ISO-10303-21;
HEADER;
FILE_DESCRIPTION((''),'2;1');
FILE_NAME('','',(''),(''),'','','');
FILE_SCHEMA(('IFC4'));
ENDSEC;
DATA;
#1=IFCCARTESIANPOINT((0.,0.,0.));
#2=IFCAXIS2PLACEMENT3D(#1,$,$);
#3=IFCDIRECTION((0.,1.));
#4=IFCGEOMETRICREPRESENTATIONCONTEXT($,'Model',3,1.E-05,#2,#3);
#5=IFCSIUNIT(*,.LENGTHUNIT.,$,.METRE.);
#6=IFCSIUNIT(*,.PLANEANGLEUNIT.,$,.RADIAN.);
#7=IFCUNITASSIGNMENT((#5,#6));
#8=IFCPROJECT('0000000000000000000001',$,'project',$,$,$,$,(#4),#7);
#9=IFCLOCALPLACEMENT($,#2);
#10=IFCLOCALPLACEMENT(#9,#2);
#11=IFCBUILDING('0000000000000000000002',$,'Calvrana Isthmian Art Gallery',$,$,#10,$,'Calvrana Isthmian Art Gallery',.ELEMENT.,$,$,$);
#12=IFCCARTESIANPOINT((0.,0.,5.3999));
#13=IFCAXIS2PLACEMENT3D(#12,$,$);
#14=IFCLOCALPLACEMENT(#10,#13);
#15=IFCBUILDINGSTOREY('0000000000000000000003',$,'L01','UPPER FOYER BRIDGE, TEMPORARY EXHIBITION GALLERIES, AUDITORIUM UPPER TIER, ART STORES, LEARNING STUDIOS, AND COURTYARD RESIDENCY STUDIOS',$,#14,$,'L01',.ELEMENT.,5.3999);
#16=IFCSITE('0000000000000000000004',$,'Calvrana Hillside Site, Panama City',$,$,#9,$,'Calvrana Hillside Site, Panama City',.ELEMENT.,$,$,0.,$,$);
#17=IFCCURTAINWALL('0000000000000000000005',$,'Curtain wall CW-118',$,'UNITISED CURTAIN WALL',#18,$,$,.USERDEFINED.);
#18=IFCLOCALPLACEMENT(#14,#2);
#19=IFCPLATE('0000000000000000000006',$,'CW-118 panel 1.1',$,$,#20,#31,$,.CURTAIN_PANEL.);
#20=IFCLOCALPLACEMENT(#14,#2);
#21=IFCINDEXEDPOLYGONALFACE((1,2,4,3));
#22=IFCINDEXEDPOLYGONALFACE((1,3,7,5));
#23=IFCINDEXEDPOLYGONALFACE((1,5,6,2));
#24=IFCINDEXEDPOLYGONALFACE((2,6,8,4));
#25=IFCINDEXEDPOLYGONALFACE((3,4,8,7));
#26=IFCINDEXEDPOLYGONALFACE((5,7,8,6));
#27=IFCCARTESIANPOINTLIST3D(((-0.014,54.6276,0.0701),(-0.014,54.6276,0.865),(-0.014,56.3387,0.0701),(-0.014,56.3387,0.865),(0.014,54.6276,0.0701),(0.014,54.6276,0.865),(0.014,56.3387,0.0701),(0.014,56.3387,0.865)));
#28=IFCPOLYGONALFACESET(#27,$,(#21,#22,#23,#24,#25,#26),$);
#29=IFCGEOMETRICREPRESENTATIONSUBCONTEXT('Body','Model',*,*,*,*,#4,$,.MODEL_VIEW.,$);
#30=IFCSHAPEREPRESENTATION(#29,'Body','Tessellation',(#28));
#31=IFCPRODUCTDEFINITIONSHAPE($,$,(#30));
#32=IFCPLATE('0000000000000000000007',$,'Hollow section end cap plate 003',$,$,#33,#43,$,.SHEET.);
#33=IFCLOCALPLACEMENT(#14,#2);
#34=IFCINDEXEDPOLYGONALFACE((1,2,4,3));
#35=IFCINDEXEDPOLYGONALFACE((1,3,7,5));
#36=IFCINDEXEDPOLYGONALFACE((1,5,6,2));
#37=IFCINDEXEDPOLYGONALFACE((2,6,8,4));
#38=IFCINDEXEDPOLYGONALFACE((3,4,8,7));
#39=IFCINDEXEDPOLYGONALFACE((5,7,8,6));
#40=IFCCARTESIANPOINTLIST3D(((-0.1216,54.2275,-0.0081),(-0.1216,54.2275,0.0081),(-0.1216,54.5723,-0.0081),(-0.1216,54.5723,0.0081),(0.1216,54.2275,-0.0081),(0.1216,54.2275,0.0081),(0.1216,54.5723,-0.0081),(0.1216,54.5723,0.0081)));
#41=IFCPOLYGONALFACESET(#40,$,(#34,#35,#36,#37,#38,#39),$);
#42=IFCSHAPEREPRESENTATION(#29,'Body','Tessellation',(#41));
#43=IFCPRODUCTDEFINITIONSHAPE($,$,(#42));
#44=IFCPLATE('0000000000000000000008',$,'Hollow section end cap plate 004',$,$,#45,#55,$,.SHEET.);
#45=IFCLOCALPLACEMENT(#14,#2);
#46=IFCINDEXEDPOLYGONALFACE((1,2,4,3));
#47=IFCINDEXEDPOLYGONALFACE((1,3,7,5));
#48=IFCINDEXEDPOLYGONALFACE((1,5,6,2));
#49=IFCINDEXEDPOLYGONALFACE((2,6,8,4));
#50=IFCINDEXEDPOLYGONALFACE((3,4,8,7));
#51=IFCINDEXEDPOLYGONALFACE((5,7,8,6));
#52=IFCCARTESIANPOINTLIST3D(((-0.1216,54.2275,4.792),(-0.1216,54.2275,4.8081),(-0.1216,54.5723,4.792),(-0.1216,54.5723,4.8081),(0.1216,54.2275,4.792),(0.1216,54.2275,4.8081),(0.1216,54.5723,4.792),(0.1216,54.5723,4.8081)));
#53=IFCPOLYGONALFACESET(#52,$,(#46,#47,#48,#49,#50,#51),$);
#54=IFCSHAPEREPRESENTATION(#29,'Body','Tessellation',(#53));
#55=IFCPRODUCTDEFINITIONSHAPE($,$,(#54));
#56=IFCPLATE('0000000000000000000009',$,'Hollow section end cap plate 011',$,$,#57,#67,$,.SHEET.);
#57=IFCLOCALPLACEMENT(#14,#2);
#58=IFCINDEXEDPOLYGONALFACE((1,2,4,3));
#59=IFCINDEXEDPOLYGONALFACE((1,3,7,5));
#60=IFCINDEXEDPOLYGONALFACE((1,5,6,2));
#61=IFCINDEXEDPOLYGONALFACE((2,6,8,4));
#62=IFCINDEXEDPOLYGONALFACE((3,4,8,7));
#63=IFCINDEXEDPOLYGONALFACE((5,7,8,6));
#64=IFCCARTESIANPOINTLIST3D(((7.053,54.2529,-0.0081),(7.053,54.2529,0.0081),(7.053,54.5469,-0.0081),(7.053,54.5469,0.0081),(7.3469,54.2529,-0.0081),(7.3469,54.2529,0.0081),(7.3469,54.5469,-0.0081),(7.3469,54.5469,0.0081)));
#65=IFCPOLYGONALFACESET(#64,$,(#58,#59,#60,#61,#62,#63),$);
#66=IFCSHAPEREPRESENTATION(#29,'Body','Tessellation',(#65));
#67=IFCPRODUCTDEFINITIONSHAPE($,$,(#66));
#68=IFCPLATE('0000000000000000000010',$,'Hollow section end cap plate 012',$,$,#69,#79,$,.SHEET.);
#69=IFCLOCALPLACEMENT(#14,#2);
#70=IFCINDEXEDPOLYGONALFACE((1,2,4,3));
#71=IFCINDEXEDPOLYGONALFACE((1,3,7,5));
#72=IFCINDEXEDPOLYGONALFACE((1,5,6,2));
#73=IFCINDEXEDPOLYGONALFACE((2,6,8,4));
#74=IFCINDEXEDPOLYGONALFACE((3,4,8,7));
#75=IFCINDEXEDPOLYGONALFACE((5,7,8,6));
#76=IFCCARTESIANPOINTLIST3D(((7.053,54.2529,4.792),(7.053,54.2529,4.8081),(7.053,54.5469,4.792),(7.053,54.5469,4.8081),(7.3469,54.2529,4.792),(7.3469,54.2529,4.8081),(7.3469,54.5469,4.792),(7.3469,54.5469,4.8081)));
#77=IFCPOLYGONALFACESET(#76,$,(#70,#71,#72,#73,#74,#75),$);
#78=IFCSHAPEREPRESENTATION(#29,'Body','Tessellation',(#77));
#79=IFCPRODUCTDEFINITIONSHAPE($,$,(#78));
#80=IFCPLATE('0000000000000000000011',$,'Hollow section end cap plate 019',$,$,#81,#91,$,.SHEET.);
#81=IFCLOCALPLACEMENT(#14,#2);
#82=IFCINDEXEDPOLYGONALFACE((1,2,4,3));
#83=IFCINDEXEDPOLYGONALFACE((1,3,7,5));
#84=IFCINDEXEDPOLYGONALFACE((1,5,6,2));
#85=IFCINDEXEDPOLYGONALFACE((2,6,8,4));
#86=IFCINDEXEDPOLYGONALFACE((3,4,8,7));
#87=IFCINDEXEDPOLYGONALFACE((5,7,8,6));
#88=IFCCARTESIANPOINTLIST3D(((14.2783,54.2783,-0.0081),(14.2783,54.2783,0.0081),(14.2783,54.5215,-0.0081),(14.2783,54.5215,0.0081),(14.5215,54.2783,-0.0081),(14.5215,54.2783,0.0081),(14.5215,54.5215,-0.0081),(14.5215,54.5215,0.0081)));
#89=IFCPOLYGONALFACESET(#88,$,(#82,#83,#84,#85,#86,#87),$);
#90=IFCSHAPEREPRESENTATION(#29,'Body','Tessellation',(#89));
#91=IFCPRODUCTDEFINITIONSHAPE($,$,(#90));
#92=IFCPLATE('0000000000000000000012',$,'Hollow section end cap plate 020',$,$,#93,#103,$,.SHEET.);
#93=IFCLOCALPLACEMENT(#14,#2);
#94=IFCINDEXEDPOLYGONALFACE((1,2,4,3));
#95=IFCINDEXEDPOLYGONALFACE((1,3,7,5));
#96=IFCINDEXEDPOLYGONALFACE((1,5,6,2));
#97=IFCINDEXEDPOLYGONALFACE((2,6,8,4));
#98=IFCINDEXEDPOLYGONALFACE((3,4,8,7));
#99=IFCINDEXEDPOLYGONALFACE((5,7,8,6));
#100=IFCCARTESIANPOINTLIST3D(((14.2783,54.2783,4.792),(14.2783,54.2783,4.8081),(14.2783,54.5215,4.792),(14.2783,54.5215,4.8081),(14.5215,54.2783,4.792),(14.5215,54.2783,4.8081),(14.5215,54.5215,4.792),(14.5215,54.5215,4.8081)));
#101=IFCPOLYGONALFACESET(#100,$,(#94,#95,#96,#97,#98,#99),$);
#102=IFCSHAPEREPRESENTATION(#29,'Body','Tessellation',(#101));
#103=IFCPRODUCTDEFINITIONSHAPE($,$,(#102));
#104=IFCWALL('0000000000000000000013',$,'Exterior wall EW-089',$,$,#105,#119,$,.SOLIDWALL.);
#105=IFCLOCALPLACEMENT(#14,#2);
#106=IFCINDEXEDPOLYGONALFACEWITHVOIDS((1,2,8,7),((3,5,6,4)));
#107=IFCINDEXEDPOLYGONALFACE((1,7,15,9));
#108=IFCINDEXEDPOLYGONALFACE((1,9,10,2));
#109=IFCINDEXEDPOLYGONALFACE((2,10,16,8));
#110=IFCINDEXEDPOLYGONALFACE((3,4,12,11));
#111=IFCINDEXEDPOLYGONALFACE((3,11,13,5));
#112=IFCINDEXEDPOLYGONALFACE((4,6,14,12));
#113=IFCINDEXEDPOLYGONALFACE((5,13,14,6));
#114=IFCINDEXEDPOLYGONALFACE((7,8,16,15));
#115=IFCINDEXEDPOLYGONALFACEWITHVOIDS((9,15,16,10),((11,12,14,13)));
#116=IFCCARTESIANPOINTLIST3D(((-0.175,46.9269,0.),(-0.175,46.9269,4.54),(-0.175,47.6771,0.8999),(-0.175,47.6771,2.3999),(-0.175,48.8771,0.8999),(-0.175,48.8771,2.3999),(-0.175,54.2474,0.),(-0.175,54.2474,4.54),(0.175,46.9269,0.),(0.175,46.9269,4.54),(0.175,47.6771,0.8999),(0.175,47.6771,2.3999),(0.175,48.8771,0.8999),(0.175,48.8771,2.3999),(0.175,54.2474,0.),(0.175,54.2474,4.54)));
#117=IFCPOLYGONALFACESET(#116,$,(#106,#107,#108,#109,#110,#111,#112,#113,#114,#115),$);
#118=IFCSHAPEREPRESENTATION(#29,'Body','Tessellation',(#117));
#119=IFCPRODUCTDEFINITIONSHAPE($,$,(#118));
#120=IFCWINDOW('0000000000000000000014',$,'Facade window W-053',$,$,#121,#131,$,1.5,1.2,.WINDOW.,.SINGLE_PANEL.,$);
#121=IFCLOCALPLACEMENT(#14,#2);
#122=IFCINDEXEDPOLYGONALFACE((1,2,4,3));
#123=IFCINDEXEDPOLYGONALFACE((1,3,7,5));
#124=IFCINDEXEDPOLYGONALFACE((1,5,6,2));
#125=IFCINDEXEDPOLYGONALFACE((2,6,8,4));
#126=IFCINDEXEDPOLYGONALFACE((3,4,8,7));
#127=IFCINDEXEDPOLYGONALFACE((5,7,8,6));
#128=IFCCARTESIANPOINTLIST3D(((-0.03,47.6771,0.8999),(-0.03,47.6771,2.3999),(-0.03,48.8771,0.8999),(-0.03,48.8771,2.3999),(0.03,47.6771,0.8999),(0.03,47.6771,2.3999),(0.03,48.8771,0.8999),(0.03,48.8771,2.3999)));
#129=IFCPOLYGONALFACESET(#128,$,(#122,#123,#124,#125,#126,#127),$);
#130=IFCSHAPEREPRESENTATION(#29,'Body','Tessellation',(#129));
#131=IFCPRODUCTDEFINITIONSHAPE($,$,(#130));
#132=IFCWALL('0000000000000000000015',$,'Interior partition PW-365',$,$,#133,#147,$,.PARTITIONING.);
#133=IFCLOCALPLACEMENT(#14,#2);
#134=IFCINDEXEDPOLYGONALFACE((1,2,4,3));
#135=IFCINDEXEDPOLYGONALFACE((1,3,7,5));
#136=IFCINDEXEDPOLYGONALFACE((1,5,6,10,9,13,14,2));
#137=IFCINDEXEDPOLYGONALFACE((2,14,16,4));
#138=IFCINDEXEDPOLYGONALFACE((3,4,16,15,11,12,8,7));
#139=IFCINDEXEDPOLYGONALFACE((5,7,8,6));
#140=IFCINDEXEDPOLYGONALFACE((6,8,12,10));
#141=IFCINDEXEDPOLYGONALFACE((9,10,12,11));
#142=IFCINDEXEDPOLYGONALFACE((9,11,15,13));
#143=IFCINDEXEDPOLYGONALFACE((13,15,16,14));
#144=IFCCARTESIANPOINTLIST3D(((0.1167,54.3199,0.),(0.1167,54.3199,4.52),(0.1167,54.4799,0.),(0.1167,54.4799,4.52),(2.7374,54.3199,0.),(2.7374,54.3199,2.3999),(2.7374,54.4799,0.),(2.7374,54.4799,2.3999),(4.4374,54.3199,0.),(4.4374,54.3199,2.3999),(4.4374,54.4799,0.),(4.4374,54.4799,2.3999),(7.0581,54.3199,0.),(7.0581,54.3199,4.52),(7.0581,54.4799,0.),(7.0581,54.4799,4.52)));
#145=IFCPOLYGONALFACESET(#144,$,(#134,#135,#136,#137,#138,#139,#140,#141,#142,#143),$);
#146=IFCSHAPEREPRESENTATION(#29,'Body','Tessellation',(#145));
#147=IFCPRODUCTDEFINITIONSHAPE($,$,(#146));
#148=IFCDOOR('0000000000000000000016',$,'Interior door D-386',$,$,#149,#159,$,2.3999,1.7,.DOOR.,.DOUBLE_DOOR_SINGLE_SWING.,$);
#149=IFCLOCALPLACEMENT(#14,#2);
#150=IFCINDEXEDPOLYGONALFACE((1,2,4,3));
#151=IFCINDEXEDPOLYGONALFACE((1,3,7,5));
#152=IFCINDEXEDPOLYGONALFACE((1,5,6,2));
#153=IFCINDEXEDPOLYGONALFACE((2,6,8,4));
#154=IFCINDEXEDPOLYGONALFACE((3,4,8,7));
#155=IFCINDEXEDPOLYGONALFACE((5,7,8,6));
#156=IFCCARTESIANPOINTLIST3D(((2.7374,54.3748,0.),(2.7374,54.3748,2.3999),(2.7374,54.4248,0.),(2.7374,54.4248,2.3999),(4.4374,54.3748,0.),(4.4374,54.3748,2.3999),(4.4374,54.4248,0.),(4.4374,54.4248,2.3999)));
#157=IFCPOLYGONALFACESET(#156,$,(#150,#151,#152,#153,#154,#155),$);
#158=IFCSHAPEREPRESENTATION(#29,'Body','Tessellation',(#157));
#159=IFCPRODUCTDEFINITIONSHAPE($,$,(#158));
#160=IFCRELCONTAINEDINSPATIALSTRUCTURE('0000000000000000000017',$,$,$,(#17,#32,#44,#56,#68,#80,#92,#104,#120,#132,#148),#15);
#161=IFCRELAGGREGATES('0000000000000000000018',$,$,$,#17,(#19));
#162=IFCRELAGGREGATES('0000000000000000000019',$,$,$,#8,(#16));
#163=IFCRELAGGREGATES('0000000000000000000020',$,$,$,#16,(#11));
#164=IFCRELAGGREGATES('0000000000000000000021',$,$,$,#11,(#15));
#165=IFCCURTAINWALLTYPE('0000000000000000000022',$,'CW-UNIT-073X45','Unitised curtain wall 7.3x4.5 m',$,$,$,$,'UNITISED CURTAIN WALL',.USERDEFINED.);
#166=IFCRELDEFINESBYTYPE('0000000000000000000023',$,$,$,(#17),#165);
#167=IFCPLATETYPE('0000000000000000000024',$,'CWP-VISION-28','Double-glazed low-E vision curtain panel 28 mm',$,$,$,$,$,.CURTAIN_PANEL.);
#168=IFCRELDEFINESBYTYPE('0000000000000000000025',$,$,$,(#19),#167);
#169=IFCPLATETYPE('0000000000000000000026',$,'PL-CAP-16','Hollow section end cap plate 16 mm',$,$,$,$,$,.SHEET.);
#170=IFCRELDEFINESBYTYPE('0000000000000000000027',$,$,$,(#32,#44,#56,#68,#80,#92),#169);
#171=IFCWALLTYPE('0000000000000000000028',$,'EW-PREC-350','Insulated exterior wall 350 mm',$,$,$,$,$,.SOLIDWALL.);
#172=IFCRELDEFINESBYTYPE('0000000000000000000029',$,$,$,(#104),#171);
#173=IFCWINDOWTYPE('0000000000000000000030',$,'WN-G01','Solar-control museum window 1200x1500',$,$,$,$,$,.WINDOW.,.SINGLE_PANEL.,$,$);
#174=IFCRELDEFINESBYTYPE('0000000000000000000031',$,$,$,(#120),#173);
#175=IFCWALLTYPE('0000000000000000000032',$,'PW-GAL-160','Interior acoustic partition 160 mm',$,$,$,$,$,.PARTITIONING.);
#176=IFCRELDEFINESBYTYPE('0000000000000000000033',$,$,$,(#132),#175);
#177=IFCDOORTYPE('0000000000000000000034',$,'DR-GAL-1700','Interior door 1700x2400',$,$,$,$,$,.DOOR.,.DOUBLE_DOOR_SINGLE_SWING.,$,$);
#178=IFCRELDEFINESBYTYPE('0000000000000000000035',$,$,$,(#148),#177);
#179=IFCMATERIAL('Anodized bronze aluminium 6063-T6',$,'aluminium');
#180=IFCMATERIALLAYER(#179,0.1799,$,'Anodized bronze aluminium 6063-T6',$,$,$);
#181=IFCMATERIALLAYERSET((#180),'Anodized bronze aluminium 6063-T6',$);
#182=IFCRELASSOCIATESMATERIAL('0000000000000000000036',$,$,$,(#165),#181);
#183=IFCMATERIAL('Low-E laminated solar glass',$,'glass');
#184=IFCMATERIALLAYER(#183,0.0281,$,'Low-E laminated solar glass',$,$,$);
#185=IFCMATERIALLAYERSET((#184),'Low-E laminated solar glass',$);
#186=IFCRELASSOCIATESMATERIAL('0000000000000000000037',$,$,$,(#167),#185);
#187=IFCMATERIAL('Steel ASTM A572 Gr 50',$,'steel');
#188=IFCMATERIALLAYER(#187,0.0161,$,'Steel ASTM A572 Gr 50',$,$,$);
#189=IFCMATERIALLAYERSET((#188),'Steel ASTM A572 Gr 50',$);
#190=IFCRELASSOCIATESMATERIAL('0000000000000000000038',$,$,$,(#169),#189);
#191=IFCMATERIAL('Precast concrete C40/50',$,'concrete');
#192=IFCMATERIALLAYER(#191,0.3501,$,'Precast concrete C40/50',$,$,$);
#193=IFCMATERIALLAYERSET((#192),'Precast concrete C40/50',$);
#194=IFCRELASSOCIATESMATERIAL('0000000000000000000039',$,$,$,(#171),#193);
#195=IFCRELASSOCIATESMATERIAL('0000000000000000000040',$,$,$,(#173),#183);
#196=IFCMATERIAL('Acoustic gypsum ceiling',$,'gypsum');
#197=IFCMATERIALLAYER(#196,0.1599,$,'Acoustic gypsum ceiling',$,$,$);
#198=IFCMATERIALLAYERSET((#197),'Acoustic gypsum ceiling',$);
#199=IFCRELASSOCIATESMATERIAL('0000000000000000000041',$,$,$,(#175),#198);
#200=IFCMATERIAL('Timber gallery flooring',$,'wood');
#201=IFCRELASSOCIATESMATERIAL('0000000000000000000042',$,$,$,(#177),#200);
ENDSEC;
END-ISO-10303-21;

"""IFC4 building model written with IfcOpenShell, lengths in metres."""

from ifc_helpers import new_model, si_unit, direction, frame, frame_2d, origin, origin_2d, place, context, subcontext, project, spatial, rectangle, extrude, material, layer, layer_set, type_object, element, fill, aggregate, save


model = new_model("IFC4")

# Units and contexts
model_context = context("Model", 3, precision=1e-05, world=origin(), true_north=direction((0.0, 1.0)))
body_context = subcontext(model_context, "Body", "Model", "MODEL_VIEW")
ifc_project = project(units=[si_unit("LENGTHUNIT", "METRE"), si_unit("PLANEANGLEUNIT", "RADIAN")], contexts=[model_context])

# Site, building, storey
site_placement = place(None, origin())
site = spatial("IfcSite", under=ifc_project, at=site_placement, Name="Calvrana Hillside Site, Panama City", LongName="Calvrana Hillside Site, Panama City", CompositionType="ELEMENT", RefElevation=0.0)
building_placement = place(site_placement, origin())
building = spatial("IfcBuilding", under=site, at=building_placement, Name="Calvrana Isthmian Art Gallery", LongName="Calvrana Isthmian Art Gallery", CompositionType="ELEMENT")
storey_placement = place(building_placement, frame((0.0, 0.0, 5.3999)))
storey = spatial("IfcBuildingStorey", under=building, at=storey_placement, Name="L01", Description="UPPER FOYER BRIDGE, TEMPORARY EXHIBITION GALLERIES, AUDITORIUM UPPER TIER, ART STORES, LEARNING STUDIOS, AND COURTYARD RESIDENCY STUDIOS", LongName="L01", CompositionType="ELEMENT", Elevation=5.3999)

# Curtain wall, plate
ifc_material_1 = material(Name="Anodized bronze aluminium 6063-T6", Category="aluminium")
ifc_layer_1 = layer(ifc_material_1, 0.1799, Name="Anodized bronze aluminium 6063-T6")
ifc_layer_set_1 = layer_set([ifc_layer_1], Name="Anodized bronze aluminium 6063-T6")
curtain_wall_type = type_object("IfcCurtainWallType", Name="CW-UNIT-073X45", Description="Unitised curtain wall 7.3x4.5 m", ElementType="UNITISED CURTAIN WALL", PredefinedType="USERDEFINED", material=ifc_layer_set_1)
curtain_wall_placement = place(storey_placement, origin())
curtain_wall = element("IfcCurtainWall", 1, at=curtain_wall_placement, inside=storey, type_object=curtain_wall_type, Name="Curtain wall CW-118", ObjectType="UNITISED CURTAIN WALL", PredefinedType="USERDEFINED")
ifc_material_2 = material(Name="Low-E laminated solar glass", Category="glass")
ifc_layer_2 = layer(ifc_material_2, 0.0281, Name="Low-E laminated solar glass")
ifc_layer_set_2 = layer_set([ifc_layer_2], Name="Low-E laminated solar glass")
plate_type_1 = type_object("IfcPlateType", Name="CWP-VISION-28", Description="Double-glazed low-E vision curtain panel 28 mm", PredefinedType="CURTAIN_PANEL", material=ifc_layer_set_2)
plate_placement = place(storey_placement, frame((0.0, 55.4832, 0.0701), z_axis=(0.0, 0.0, 1.0), x_axis=(0.0, 1.0, 0.0)))
plate = element("IfcPlate", 2, at=plate_placement, type_object=plate_type_1, Name="CW-118 panel 1.1", PredefinedType="CURTAIN_PANEL", context=body_context, shape_type="SweptSolid", body=[
    extrude(rectangle(XDim=1.7112, YDim=0.0281, at=origin_2d()), origin(), (0.0, 0.0, 1.0), 0.7949),
])
aggregate(curtain_wall, [plate])

# Plates
ifc_material_3 = material(Name="Steel ASTM A572 Gr 50", Category="steel")
ifc_layer_3 = layer(ifc_material_3, 0.0161, Name="Steel ASTM A572 Gr 50")
ifc_layer_set_3 = layer_set([ifc_layer_3], Name="Steel ASTM A572 Gr 50")
plate_type_2 = type_object("IfcPlateType", Name="PL-CAP-16", Description="Hollow section end cap plate 16 mm", PredefinedType="SHEET", material=ifc_layer_set_3)
for number, where, z_axis, x_axis, name in (
    (3, (0.0, 54.3999, -0.0081), (0.0, 0.0, 1.0), (1.0, 0.0, 0.0), "Hollow section end cap plate 003"),
    (4, (0.0, 54.3999, 4.792), (0.0, 0.0, 1.0), (1.0, 0.0, 0.0), "Hollow section end cap plate 004"),
):
    element("IfcPlate", number, at=place(storey_placement, frame(where, z_axis=z_axis, x_axis=x_axis)), inside=storey, type_object=plate_type_2, Name=name, PredefinedType="SHEET", context=body_context, shape_type="SweptSolid", body=[
        extrude(rectangle(XDim=0.2432, YDim=0.3447, at=origin_2d()), origin(), (0.0, 0.0, 1.0), 0.0161),
    ])
for number, where, z_axis, x_axis, name in (
    (5, (7.2, 54.3999, -0.0081), (0.0, 0.0, 1.0), (1.0, 0.0, 0.0), "Hollow section end cap plate 011"),
    (6, (7.2, 54.3999, 4.792), (0.0, 0.0, 1.0), (1.0, 0.0, 0.0), "Hollow section end cap plate 012"),
):
    element("IfcPlate", number, at=place(storey_placement, frame(where, z_axis=z_axis, x_axis=x_axis)), inside=storey, type_object=plate_type_2, Name=name, PredefinedType="SHEET", context=body_context, shape_type="SweptSolid", body=[
        extrude(rectangle(XDim=0.2939, YDim=0.2939, at=origin_2d()), origin(), (0.0, 0.0, 1.0), 0.0161),
    ])
for number, where, z_axis, x_axis, name in (
    (7, (14.3999, 54.3999, -0.0081), (0.0, 0.0, 1.0), (1.0, 0.0, 0.0), "Hollow section end cap plate 019"),
    (8, (14.3999, 54.3999, 4.792), (0.0, 0.0, 1.0), (1.0, 0.0, 0.0), "Hollow section end cap plate 020"),
):
    element("IfcPlate", number, at=place(storey_placement, frame(where, z_axis=z_axis, x_axis=x_axis)), inside=storey, type_object=plate_type_2, Name=name, PredefinedType="SHEET", context=body_context, shape_type="SweptSolid", body=[
        extrude(rectangle(XDim=0.2432, YDim=0.2432, at=origin_2d()), origin(), (0.0, 0.0, 1.0), 0.0161),
    ])

# Wall, opening, window
ifc_material_4 = material(Name="Precast concrete C40/50", Category="concrete")
ifc_layer_4 = layer(ifc_material_4, 0.3501, Name="Precast concrete C40/50")
ifc_layer_set_4 = layer_set([ifc_layer_4], Name="Precast concrete C40/50")
wall_type_1 = type_object("IfcWallType", Name="EW-PREC-350", Description="Insulated exterior wall 350 mm", PredefinedType="SOLIDWALL", material=ifc_layer_set_4)
wall_1_placement = place(storey_placement, frame((0.0, 46.927, 0.0), z_axis=(0.0, 0.0, 1.0), x_axis=(0.0, 1.0, 0.0)))
wall_1 = element("IfcWall", 9, at=wall_1_placement, inside=storey, type_object=wall_type_1, Name="Exterior wall EW-089", PredefinedType="SOLIDWALL", context=body_context, shape_type="SweptSolid", body=[
    extrude(rectangle(XDim=7.3206, YDim=0.3501, at=frame_2d((3.6602, 0.0))), origin(), (0.0, 0.0, 1.0), 4.54),
])
opening_1_placement = place(wall_1_placement, frame((0.75, 0.0, 0.8999)))
opening_1 = element("IfcOpeningElement", 10, at=opening_1_placement, cuts=wall_1, PredefinedType="OPENING", context=body_context, shape_type="SweptSolid", body=[
    extrude(rectangle(XDim=1.2, YDim=1.5, at=frame_2d((0.6001, 0.75))), frame((0.0, 0.1853, 0.0), z_axis=(0.0, -1.0, 0.0), x_axis=(1.0, 0.0, 0.0)), (0.0, 0.0, 1.0), 0.3706),
])
window_type = type_object("IfcWindowType", Name="WN-G01", Description="Solar-control museum window 1200x1500", PartitioningType="SINGLE_PANEL", PredefinedType="WINDOW", material=ifc_material_2)
window_placement = place(opening_1_placement, origin())
window = element("IfcWindow", 11, at=window_placement, inside=storey, type_object=window_type, Name="Facade window W-053", OverallHeight=1.5, OverallWidth=1.2, PartitioningType="SINGLE_PANEL", PredefinedType="WINDOW", context=body_context, shape_type="SweptSolid", body=[
    extrude(rectangle(XDim=1.2, YDim=1.5, at=frame_2d((0.6001, 0.75))), frame((0.0, 0.03, 0.0), z_axis=(0.0, -1.0, 0.0), x_axis=(1.0, 0.0, 0.0)), (0.0, 0.0, 1.0), 0.0601),
])
fill(opening_1, window)

# Wall, opening, door
ifc_material_5 = material(Name="Acoustic gypsum ceiling", Category="gypsum")
ifc_layer_5 = layer(ifc_material_5, 0.1599, Name="Acoustic gypsum ceiling")
ifc_layer_set_5 = layer_set([ifc_layer_5], Name="Acoustic gypsum ceiling")
wall_type_2 = type_object("IfcWallType", Name="PW-GAL-160", Description="Interior acoustic partition 160 mm", PredefinedType="PARTITIONING", material=ifc_layer_set_5)
wall_2_placement = place(storey_placement, frame((0.1167, 54.3999, 0.0), z_axis=(0.0, 0.0, 1.0), x_axis=(1.0, 0.0, 0.0)))
wall_2 = element("IfcWall", 12, at=wall_2_placement, inside=storey, type_object=wall_type_2, Name="Interior partition PW-365", PredefinedType="PARTITIONING", context=body_context, shape_type="SweptSolid", body=[
    extrude(rectangle(XDim=6.9414, YDim=0.1599, at=frame_2d((3.4707, 0.0))), origin(), (0.0, 0.0, 1.0), 4.52),
])
opening_2_placement = place(wall_2_placement, frame((2.6206, 0.0, 0.0)))
opening_2 = element("IfcOpeningElement", 13, at=opening_2_placement, cuts=wall_2, PredefinedType="OPENING", context=body_context, shape_type="SweptSolid", body=[
    extrude(rectangle(XDim=1.7, YDim=2.3999, at=frame_2d((0.8501, 1.2))), frame((0.0, 0.0903, 0.0), z_axis=(0.0, -1.0, 0.0), x_axis=(1.0, 0.0, 0.0)), (0.0, 0.0, 1.0), 0.1804),
])
ifc_material_6 = material(Name="Timber gallery flooring", Category="wood")
door_type_1 = type_object("IfcDoorType", Name="DR-GAL-1700", Description="Interior door 1700x2400", OperationType="DOUBLE_DOOR_SINGLE_SWING", PredefinedType="DOOR", material=ifc_material_6)
door_1_placement = place(opening_2_placement, origin())
door_1 = element("IfcDoor", 14, at=door_1_placement, inside=storey, type_object=door_type_1, Name="Interior door D-386", OperationType="DOUBLE_DOOR_SINGLE_SWING", OverallHeight=2.3999, OverallWidth=1.7, PredefinedType="DOOR", context=body_context, shape_type="SweptSolid", body=[
    extrude(rectangle(XDim=1.7, YDim=2.3999, at=frame_2d((0.8501, 1.2))), frame((0.0, 0.0249, 0.0), z_axis=(0.0, -1.0, 0.0), x_axis=(1.0, 0.0, 0.0)), (0.0, 0.0, 1.0), 0.05),
])
fill(opening_2, door_1)

save(model, "model.ifc")
